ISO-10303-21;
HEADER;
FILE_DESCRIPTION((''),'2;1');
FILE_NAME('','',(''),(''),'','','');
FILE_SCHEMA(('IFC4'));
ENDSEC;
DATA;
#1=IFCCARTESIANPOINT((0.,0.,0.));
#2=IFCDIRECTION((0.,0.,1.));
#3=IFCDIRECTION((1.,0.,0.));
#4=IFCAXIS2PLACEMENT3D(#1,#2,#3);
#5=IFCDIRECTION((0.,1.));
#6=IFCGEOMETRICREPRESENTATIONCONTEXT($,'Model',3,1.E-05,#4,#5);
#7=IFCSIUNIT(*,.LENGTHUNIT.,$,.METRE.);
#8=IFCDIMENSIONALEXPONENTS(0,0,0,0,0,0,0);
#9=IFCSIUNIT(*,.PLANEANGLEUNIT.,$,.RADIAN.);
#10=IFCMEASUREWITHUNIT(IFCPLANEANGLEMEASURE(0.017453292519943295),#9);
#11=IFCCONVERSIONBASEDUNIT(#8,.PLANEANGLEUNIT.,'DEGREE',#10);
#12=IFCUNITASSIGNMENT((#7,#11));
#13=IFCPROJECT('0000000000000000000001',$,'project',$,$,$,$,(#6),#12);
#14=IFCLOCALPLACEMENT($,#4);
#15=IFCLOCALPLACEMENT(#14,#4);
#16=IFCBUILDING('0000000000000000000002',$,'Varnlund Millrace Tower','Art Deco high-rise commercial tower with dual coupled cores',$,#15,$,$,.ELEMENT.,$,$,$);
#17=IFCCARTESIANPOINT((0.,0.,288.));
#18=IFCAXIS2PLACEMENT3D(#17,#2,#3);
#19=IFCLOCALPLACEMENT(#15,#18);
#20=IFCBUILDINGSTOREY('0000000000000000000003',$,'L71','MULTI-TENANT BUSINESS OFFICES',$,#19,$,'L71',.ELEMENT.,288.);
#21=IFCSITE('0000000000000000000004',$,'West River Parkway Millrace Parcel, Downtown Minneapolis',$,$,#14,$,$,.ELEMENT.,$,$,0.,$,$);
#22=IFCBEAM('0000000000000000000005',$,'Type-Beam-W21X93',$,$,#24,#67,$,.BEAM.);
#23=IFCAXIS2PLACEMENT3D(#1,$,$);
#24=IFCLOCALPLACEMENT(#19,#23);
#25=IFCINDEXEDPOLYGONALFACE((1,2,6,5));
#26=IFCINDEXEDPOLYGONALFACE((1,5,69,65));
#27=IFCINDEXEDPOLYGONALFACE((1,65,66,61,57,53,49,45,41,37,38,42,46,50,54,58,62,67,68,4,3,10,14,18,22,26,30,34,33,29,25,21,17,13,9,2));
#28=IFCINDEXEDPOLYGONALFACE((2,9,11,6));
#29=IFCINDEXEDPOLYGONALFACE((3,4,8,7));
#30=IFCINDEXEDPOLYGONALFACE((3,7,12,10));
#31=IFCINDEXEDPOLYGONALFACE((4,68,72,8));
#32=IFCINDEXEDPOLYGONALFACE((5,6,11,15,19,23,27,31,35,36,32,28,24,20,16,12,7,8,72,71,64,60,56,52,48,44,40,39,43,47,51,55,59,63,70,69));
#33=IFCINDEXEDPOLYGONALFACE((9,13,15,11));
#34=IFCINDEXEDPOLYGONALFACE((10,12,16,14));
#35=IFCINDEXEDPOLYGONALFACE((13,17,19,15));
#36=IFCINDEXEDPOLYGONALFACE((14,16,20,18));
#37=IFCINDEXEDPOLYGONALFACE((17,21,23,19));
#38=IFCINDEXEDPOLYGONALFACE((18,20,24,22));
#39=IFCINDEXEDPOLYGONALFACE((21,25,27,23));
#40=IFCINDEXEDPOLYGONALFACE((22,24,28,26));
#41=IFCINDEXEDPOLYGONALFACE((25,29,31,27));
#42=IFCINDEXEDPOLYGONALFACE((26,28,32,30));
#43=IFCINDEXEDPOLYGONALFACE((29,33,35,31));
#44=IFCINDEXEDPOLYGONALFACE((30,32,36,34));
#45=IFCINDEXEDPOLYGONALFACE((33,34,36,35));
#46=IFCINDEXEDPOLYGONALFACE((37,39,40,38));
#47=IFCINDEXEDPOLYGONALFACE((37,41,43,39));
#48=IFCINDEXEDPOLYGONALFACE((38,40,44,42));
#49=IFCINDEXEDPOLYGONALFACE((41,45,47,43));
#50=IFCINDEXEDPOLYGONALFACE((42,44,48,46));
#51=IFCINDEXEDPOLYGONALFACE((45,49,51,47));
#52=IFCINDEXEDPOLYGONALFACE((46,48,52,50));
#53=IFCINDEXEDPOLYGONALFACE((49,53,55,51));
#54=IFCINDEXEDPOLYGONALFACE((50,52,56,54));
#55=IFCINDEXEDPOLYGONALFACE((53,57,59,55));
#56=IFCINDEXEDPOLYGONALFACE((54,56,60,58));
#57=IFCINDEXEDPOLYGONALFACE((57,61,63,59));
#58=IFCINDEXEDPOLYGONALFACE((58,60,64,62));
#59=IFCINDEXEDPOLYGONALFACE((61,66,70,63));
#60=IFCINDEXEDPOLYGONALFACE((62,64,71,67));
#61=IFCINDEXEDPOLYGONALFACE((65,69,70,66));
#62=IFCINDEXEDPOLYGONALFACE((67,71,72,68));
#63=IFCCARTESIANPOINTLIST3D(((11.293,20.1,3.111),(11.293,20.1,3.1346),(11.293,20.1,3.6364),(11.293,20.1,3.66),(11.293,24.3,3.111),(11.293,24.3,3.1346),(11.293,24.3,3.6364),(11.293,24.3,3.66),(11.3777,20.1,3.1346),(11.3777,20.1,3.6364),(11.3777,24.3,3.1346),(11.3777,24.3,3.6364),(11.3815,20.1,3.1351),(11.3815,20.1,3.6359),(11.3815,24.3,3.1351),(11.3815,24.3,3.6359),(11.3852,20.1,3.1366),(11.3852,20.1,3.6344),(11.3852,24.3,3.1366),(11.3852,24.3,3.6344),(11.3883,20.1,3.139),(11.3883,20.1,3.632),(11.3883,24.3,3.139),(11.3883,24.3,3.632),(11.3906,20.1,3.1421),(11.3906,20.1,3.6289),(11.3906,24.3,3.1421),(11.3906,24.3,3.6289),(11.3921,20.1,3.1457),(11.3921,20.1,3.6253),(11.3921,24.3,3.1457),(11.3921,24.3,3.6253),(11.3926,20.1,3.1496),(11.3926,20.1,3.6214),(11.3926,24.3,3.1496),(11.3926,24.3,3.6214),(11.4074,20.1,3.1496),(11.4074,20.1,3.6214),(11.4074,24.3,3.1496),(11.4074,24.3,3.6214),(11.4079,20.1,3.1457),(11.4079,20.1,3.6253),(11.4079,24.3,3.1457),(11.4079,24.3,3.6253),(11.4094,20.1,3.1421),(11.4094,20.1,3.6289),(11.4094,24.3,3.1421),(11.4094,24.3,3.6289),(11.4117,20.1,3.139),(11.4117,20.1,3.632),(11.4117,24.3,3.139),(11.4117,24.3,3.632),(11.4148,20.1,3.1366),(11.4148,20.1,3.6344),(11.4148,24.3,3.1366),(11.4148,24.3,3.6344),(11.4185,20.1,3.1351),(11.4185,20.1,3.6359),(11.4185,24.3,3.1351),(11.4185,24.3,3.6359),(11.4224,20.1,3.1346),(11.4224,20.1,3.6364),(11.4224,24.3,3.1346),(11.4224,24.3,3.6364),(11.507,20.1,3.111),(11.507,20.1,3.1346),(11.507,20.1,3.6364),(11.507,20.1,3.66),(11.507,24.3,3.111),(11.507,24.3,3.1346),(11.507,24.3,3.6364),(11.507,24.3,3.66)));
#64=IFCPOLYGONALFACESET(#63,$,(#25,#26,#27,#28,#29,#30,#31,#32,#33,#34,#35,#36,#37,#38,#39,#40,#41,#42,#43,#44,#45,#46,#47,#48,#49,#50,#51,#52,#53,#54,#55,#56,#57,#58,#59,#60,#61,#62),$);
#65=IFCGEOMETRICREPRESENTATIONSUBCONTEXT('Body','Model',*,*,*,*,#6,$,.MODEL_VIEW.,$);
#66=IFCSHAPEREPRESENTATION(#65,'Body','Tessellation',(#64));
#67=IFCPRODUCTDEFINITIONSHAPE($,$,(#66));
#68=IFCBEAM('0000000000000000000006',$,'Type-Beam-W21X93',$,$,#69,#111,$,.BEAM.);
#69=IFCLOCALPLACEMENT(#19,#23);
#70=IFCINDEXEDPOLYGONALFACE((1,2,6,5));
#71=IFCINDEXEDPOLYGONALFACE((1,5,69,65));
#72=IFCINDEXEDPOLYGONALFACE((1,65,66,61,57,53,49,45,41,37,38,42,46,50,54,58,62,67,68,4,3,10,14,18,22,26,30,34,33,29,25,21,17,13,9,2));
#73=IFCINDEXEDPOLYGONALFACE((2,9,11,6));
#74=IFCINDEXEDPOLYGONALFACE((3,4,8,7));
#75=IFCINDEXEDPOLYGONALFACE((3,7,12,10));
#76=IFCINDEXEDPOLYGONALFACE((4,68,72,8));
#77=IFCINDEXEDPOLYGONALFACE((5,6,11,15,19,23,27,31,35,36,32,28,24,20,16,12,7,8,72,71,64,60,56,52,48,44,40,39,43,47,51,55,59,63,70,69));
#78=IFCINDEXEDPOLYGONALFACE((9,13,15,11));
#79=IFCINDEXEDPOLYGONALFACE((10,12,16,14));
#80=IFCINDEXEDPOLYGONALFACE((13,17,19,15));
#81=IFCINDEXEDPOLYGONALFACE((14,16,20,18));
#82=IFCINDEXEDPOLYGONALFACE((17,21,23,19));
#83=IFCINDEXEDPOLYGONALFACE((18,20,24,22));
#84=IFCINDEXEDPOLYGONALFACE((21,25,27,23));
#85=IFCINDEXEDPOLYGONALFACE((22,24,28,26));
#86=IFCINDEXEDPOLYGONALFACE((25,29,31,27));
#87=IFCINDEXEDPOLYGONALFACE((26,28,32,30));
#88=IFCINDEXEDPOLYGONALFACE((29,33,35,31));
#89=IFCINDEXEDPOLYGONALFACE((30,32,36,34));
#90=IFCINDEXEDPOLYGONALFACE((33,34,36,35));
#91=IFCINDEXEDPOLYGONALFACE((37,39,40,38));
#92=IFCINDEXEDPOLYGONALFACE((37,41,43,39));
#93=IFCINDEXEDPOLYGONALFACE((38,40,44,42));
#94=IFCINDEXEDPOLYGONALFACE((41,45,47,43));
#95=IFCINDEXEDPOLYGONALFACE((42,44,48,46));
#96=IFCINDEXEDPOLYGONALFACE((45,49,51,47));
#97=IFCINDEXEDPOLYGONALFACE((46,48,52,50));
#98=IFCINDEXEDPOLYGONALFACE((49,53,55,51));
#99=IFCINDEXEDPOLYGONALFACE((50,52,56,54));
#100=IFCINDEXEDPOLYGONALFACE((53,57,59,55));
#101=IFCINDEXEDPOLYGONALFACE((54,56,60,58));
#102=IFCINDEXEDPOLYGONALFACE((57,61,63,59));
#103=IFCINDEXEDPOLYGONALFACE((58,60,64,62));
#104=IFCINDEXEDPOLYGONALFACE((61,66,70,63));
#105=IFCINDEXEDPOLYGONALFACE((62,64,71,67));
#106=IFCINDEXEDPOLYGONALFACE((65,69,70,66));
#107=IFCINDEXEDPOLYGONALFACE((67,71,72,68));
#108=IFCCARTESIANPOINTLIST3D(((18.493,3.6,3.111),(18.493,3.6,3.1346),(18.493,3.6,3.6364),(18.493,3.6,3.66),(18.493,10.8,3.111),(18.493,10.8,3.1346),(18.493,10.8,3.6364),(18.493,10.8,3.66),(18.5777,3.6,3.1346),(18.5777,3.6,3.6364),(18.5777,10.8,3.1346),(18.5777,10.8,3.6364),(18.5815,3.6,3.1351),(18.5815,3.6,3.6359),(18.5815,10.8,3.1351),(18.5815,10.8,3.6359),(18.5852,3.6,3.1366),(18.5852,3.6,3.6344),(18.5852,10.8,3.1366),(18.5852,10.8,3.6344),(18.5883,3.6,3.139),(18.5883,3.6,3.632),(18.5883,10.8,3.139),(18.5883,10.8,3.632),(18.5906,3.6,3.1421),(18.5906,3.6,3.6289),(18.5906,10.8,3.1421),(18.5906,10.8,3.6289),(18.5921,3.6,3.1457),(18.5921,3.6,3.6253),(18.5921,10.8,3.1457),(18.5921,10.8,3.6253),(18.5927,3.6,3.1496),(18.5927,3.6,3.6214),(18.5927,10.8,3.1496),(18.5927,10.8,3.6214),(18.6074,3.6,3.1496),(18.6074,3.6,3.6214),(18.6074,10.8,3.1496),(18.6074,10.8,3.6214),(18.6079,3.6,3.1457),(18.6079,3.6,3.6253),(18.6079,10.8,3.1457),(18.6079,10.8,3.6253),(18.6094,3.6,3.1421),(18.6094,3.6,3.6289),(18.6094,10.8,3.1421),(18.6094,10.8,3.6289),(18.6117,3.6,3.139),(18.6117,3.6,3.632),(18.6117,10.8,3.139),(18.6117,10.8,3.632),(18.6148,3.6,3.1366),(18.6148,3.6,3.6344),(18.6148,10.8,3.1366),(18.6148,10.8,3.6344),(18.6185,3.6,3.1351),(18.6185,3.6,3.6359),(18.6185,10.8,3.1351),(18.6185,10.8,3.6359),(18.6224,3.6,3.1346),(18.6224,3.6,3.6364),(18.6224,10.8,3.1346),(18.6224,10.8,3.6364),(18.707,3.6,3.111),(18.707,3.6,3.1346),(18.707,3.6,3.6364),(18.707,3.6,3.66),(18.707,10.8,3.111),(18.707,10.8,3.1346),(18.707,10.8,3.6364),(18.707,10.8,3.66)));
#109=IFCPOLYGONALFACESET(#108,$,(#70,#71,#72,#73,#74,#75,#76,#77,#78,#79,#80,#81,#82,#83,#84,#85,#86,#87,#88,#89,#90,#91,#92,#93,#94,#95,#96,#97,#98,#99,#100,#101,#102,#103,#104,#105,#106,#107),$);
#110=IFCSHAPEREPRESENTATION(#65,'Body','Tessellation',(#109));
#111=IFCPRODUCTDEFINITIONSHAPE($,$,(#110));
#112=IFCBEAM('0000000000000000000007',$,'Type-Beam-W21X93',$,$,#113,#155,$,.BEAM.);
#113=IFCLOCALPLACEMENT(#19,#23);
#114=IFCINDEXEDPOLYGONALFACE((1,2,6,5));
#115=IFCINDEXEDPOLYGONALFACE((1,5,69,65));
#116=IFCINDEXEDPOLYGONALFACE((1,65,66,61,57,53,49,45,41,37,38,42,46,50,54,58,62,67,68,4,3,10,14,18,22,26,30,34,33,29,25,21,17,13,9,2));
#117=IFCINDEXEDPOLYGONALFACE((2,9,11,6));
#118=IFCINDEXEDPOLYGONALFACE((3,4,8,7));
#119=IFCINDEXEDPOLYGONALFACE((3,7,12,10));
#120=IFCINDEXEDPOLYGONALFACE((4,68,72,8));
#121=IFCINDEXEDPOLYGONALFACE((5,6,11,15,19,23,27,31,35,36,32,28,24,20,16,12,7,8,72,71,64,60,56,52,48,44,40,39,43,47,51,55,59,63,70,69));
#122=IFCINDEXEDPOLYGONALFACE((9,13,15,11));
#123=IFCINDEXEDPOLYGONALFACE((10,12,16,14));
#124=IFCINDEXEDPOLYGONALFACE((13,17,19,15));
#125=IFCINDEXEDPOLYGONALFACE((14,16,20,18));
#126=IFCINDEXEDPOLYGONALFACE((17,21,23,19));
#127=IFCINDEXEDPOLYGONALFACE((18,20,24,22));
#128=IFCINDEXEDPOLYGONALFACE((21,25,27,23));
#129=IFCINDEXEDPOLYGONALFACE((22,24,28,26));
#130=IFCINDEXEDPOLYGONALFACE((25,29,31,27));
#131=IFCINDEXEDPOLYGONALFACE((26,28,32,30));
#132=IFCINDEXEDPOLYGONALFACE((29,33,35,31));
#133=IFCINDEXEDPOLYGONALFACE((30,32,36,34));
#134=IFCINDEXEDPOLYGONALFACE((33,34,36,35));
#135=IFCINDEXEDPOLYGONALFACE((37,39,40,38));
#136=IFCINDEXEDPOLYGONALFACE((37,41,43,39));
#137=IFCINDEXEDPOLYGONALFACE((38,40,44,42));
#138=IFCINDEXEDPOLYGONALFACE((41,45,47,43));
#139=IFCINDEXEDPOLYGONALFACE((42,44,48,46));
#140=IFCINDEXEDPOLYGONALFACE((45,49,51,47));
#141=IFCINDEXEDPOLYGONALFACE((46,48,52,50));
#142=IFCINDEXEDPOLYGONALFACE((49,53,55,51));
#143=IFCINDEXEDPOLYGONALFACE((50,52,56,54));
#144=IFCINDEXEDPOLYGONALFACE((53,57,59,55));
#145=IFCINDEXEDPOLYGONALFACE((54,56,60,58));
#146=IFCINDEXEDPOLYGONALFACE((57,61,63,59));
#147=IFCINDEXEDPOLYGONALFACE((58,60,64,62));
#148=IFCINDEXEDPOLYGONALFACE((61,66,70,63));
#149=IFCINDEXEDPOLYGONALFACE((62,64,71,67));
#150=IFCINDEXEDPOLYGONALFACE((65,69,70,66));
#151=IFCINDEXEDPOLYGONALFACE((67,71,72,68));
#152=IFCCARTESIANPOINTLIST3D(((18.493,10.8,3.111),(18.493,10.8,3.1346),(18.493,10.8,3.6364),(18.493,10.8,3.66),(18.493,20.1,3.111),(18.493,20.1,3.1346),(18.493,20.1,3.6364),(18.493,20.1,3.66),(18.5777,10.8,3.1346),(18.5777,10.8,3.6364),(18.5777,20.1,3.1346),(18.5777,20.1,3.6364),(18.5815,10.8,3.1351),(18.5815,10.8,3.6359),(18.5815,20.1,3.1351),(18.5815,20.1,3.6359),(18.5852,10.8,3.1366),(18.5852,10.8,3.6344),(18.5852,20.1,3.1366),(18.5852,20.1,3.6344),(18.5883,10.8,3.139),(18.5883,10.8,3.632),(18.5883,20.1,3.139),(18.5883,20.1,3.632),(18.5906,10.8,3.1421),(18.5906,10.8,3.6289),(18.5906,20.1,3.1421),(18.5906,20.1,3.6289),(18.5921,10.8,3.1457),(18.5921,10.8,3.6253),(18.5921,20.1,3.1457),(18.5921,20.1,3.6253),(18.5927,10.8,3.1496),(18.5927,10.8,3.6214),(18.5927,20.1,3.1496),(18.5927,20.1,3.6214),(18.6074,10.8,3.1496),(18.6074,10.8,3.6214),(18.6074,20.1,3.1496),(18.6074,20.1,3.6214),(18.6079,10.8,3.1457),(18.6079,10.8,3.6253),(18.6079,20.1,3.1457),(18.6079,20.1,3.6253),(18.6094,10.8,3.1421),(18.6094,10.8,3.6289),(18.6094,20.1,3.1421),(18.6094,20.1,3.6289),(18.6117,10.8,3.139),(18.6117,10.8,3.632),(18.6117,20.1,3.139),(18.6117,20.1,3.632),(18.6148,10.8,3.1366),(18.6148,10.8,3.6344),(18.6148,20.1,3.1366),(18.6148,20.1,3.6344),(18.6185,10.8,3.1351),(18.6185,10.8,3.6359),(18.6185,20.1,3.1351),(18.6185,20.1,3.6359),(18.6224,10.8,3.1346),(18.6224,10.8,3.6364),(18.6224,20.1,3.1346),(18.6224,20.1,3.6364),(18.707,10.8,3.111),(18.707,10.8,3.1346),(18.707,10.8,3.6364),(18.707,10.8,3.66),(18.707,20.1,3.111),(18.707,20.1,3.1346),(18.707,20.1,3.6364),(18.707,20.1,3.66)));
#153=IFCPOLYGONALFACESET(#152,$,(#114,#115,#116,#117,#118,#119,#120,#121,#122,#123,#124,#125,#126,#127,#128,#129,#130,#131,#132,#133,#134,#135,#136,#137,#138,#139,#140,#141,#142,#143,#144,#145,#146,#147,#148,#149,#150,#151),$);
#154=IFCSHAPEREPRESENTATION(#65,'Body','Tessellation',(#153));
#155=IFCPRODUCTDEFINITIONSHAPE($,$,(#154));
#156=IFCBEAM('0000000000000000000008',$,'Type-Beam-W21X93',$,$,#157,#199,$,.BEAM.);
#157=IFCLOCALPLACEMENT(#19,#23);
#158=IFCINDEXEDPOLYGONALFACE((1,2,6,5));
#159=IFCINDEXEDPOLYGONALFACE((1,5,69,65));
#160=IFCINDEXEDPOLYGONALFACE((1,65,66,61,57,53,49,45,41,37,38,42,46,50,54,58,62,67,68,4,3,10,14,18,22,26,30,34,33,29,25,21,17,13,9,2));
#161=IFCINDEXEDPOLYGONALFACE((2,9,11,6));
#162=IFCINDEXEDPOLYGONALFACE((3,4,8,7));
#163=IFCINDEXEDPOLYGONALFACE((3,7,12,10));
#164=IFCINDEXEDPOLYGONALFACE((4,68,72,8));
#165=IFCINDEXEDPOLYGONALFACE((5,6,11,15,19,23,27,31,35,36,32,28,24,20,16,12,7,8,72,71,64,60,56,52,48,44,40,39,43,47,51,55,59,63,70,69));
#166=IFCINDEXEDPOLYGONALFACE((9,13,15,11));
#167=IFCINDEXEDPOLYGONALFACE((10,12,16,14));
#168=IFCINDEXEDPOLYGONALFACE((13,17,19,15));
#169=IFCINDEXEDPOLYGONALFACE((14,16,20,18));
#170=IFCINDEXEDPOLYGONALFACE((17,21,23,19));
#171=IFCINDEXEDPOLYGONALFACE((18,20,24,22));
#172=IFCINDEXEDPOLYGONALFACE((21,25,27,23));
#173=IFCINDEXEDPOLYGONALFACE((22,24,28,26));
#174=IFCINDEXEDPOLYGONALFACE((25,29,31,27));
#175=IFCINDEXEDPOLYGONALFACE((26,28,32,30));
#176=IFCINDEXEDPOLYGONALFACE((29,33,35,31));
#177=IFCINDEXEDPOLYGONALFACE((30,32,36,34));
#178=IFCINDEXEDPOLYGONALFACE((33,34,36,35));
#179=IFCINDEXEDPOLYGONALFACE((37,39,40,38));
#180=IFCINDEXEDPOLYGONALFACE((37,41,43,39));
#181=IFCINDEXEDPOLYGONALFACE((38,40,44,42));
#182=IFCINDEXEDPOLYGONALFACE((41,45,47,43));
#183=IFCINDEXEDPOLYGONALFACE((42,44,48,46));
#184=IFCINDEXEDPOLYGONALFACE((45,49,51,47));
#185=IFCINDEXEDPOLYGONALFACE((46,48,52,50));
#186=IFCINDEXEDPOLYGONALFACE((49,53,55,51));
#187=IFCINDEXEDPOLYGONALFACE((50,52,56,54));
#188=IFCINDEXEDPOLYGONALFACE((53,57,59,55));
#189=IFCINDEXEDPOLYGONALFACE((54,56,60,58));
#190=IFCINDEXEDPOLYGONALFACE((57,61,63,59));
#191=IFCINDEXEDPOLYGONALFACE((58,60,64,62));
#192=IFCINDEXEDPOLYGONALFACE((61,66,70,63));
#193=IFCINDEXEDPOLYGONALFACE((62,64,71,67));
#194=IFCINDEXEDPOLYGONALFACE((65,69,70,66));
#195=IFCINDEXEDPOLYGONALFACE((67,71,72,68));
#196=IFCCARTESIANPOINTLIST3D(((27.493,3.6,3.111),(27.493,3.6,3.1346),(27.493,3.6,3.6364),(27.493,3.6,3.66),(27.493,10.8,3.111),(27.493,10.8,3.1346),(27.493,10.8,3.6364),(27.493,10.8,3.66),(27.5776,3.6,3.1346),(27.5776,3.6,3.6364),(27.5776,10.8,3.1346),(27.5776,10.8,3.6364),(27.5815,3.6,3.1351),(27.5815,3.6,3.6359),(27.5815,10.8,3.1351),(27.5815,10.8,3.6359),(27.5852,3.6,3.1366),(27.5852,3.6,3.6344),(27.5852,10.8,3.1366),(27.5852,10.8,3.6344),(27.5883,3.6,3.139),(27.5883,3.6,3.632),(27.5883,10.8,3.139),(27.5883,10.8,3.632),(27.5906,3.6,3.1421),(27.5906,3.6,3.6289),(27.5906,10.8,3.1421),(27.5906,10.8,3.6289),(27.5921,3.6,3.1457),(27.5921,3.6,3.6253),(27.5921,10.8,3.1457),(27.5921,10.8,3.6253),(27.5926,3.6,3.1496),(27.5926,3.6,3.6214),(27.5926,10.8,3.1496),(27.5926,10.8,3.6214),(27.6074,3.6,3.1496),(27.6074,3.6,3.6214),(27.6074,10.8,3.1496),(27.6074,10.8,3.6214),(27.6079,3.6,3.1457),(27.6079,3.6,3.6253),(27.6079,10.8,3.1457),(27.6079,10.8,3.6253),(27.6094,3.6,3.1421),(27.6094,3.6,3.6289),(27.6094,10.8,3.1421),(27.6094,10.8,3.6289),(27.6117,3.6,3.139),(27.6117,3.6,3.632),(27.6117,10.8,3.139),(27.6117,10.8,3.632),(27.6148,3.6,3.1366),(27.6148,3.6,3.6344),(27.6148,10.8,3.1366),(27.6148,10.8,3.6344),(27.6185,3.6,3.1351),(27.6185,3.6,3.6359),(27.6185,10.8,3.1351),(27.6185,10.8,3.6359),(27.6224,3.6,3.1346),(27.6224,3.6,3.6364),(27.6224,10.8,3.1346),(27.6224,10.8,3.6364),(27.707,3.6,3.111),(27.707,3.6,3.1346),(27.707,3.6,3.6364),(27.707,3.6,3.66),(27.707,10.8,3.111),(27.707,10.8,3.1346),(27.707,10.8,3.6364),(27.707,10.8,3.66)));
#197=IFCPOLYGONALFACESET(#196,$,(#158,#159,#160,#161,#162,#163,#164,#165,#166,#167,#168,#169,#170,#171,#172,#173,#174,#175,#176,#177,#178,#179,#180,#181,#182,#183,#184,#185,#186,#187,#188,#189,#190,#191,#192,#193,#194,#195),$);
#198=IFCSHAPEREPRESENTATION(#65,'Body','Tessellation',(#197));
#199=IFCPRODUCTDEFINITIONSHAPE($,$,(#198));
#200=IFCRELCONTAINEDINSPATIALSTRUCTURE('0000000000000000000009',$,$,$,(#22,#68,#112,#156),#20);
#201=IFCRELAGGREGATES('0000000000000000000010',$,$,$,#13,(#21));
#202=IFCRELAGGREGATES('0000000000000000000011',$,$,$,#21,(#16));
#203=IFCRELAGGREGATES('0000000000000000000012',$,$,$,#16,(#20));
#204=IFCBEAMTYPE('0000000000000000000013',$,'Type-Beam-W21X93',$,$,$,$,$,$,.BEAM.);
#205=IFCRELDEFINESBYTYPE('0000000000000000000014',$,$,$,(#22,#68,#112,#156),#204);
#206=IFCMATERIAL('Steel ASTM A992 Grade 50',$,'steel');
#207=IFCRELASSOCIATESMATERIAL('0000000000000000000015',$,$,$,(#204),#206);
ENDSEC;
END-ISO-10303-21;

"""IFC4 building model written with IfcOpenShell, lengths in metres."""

from ifc_helpers import new_model, entity, si_unit, converted_unit, direction, frame, origin_with_axes, origin_2d_with_axis, place, context, subcontext, project, spatial, i_section, extrude, material, material_profile, profile_set, type_object, element, save


model = new_model("IFC4")

# Units and contexts
model_context = context("Model", 3, precision=1e-05, world=origin_with_axes(), true_north=direction((0.0, 1.0)))
body_context = subcontext(model_context, "Body", "Model", "MODEL_VIEW")
ifc_project = project(units=[si_unit("LENGTHUNIT", "METRE"), converted_unit("PLANEANGLEUNIT", "DEGREE", entity("IfcPlaneAngleMeasure", 0.017453292519943295), si_unit("PLANEANGLEUNIT", "RADIAN"), dimensions=[0, 0, 0, 0, 0, 0, 0])], contexts=[model_context])

# Site, building, storey
site_placement = place(None, origin_with_axes())
site = spatial("IfcSite", under=ifc_project, at=site_placement, Name="West River Parkway Millrace Parcel, Downtown Minneapolis", CompositionType="ELEMENT", RefElevation=0.0)
building_placement = place(site_placement, origin_with_axes())
building = spatial("IfcBuilding", under=site, at=building_placement, Name="Varnlund Millrace Tower", Description="Art Deco high-rise commercial tower with dual coupled cores", CompositionType="ELEMENT")
storey_placement = place(building_placement, frame((0.0, 0.0, 288.0), z_axis=(0.0, 0.0, 1.0), x_axis=(1.0, 0.0, 0.0)))
storey = spatial("IfcBuildingStorey", under=building, at=storey_placement, Name="L71", Description="MULTI-TENANT BUSINESS OFFICES", LongName="L71", CompositionType="ELEMENT", Elevation=288.0)

# Beams
ifc_material_1 = material(Name="Steel ASTM A992 Grade 50", Category="steel")
ifc_material_profile_1 = material_profile(ifc_material_1, i_section(OverallWidth=0.214, OverallDepth=0.549, WebThickness=0.0147, FlangeThickness=0.0236, FilletRadius=0.015, at=origin_2d_with_axis()), Name="Steel ASTM A992 Grade 50")
ifc_profile_set_1 = profile_set([ifc_material_profile_1], Name="Steel ASTM A992 Grade 50")
beam_type_1 = type_object("IfcBeamType", Name="Type-Beam-W21X93", PredefinedType="BEAM", material=ifc_profile_set_1)
beam_1_placement = place(storey_placement, frame((11.4, 20.1, 3.3855), z_axis=(0.0, 1.0, 0.0), x_axis=(-1.0, 0.0, 0.0)))
element("IfcBeam", 1, at=beam_1_placement, inside=storey, type_object=beam_type_1, Name="Type-Beam-W21X93", PredefinedType="BEAM", context=body_context, shape_type="SweptSolid", body=[
    extrude(i_section(OverallWidth=0.214, OverallDepth=0.549, WebThickness=0.0147, FlangeThickness=0.0236, FilletRadius=0.015, at=origin_2d_with_axis()), origin_with_axes(), (0.0, 0.0, 1.0), 4.2),
])
beam_2_placement = place(storey_placement, frame((18.6, 3.6, 3.3855), z_axis=(0.0, 1.0, 0.0), x_axis=(-1.0, 0.0, 0.0)))
element("IfcBeam", 2, at=beam_2_placement, inside=storey, type_object=beam_type_1, Name="Type-Beam-W21X93", PredefinedType="BEAM", context=body_context, shape_type="SweptSolid", body=[
    extrude(i_section(OverallWidth=0.214, OverallDepth=0.549, WebThickness=0.0147, FlangeThickness=0.0236, FilletRadius=0.015, at=origin_2d_with_axis()), origin_with_axes(), (0.0, 0.0, 1.0), 7.2),
])
beam_3_placement = place(storey_placement, frame((18.6, 10.8, 3.3855), z_axis=(0.0, 1.0, 0.0), x_axis=(-1.0, 0.0, 0.0)))
element("IfcBeam", 3, at=beam_3_placement, inside=storey, type_object=beam_type_1, Name="Type-Beam-W21X93", PredefinedType="BEAM", context=body_context, shape_type="SweptSolid", body=[
    extrude(i_section(OverallWidth=0.214, OverallDepth=0.549, WebThickness=0.0147, FlangeThickness=0.0236, FilletRadius=0.015, at=origin_2d_with_axis()), origin_with_axes(), (0.0, 0.0, 1.0), 9.3),
])
for number, where, z_axis, x_axis, name in (
    (4, (27.6, 3.6, 3.3855), (0.0, 1.0, 0.0), (-1.0, 0.0, 0.0), "Type-Beam-W21X93"),
):
    element("IfcBeam", number, at=place(storey_placement, frame(where, z_axis=z_axis, x_axis=x_axis)), inside=storey, type_object=beam_type_1, Name=name, PredefinedType="BEAM", context=body_context, shape_type="SweptSolid", body=[
        extrude(i_section(OverallWidth=0.214, OverallDepth=0.549, WebThickness=0.0147, FlangeThickness=0.0236, FilletRadius=0.015, at=origin_2d_with_axis()), origin_with_axes(), (0.0, 0.0, 1.0), 7.2),
    ])

save(model, "model.ifc")
